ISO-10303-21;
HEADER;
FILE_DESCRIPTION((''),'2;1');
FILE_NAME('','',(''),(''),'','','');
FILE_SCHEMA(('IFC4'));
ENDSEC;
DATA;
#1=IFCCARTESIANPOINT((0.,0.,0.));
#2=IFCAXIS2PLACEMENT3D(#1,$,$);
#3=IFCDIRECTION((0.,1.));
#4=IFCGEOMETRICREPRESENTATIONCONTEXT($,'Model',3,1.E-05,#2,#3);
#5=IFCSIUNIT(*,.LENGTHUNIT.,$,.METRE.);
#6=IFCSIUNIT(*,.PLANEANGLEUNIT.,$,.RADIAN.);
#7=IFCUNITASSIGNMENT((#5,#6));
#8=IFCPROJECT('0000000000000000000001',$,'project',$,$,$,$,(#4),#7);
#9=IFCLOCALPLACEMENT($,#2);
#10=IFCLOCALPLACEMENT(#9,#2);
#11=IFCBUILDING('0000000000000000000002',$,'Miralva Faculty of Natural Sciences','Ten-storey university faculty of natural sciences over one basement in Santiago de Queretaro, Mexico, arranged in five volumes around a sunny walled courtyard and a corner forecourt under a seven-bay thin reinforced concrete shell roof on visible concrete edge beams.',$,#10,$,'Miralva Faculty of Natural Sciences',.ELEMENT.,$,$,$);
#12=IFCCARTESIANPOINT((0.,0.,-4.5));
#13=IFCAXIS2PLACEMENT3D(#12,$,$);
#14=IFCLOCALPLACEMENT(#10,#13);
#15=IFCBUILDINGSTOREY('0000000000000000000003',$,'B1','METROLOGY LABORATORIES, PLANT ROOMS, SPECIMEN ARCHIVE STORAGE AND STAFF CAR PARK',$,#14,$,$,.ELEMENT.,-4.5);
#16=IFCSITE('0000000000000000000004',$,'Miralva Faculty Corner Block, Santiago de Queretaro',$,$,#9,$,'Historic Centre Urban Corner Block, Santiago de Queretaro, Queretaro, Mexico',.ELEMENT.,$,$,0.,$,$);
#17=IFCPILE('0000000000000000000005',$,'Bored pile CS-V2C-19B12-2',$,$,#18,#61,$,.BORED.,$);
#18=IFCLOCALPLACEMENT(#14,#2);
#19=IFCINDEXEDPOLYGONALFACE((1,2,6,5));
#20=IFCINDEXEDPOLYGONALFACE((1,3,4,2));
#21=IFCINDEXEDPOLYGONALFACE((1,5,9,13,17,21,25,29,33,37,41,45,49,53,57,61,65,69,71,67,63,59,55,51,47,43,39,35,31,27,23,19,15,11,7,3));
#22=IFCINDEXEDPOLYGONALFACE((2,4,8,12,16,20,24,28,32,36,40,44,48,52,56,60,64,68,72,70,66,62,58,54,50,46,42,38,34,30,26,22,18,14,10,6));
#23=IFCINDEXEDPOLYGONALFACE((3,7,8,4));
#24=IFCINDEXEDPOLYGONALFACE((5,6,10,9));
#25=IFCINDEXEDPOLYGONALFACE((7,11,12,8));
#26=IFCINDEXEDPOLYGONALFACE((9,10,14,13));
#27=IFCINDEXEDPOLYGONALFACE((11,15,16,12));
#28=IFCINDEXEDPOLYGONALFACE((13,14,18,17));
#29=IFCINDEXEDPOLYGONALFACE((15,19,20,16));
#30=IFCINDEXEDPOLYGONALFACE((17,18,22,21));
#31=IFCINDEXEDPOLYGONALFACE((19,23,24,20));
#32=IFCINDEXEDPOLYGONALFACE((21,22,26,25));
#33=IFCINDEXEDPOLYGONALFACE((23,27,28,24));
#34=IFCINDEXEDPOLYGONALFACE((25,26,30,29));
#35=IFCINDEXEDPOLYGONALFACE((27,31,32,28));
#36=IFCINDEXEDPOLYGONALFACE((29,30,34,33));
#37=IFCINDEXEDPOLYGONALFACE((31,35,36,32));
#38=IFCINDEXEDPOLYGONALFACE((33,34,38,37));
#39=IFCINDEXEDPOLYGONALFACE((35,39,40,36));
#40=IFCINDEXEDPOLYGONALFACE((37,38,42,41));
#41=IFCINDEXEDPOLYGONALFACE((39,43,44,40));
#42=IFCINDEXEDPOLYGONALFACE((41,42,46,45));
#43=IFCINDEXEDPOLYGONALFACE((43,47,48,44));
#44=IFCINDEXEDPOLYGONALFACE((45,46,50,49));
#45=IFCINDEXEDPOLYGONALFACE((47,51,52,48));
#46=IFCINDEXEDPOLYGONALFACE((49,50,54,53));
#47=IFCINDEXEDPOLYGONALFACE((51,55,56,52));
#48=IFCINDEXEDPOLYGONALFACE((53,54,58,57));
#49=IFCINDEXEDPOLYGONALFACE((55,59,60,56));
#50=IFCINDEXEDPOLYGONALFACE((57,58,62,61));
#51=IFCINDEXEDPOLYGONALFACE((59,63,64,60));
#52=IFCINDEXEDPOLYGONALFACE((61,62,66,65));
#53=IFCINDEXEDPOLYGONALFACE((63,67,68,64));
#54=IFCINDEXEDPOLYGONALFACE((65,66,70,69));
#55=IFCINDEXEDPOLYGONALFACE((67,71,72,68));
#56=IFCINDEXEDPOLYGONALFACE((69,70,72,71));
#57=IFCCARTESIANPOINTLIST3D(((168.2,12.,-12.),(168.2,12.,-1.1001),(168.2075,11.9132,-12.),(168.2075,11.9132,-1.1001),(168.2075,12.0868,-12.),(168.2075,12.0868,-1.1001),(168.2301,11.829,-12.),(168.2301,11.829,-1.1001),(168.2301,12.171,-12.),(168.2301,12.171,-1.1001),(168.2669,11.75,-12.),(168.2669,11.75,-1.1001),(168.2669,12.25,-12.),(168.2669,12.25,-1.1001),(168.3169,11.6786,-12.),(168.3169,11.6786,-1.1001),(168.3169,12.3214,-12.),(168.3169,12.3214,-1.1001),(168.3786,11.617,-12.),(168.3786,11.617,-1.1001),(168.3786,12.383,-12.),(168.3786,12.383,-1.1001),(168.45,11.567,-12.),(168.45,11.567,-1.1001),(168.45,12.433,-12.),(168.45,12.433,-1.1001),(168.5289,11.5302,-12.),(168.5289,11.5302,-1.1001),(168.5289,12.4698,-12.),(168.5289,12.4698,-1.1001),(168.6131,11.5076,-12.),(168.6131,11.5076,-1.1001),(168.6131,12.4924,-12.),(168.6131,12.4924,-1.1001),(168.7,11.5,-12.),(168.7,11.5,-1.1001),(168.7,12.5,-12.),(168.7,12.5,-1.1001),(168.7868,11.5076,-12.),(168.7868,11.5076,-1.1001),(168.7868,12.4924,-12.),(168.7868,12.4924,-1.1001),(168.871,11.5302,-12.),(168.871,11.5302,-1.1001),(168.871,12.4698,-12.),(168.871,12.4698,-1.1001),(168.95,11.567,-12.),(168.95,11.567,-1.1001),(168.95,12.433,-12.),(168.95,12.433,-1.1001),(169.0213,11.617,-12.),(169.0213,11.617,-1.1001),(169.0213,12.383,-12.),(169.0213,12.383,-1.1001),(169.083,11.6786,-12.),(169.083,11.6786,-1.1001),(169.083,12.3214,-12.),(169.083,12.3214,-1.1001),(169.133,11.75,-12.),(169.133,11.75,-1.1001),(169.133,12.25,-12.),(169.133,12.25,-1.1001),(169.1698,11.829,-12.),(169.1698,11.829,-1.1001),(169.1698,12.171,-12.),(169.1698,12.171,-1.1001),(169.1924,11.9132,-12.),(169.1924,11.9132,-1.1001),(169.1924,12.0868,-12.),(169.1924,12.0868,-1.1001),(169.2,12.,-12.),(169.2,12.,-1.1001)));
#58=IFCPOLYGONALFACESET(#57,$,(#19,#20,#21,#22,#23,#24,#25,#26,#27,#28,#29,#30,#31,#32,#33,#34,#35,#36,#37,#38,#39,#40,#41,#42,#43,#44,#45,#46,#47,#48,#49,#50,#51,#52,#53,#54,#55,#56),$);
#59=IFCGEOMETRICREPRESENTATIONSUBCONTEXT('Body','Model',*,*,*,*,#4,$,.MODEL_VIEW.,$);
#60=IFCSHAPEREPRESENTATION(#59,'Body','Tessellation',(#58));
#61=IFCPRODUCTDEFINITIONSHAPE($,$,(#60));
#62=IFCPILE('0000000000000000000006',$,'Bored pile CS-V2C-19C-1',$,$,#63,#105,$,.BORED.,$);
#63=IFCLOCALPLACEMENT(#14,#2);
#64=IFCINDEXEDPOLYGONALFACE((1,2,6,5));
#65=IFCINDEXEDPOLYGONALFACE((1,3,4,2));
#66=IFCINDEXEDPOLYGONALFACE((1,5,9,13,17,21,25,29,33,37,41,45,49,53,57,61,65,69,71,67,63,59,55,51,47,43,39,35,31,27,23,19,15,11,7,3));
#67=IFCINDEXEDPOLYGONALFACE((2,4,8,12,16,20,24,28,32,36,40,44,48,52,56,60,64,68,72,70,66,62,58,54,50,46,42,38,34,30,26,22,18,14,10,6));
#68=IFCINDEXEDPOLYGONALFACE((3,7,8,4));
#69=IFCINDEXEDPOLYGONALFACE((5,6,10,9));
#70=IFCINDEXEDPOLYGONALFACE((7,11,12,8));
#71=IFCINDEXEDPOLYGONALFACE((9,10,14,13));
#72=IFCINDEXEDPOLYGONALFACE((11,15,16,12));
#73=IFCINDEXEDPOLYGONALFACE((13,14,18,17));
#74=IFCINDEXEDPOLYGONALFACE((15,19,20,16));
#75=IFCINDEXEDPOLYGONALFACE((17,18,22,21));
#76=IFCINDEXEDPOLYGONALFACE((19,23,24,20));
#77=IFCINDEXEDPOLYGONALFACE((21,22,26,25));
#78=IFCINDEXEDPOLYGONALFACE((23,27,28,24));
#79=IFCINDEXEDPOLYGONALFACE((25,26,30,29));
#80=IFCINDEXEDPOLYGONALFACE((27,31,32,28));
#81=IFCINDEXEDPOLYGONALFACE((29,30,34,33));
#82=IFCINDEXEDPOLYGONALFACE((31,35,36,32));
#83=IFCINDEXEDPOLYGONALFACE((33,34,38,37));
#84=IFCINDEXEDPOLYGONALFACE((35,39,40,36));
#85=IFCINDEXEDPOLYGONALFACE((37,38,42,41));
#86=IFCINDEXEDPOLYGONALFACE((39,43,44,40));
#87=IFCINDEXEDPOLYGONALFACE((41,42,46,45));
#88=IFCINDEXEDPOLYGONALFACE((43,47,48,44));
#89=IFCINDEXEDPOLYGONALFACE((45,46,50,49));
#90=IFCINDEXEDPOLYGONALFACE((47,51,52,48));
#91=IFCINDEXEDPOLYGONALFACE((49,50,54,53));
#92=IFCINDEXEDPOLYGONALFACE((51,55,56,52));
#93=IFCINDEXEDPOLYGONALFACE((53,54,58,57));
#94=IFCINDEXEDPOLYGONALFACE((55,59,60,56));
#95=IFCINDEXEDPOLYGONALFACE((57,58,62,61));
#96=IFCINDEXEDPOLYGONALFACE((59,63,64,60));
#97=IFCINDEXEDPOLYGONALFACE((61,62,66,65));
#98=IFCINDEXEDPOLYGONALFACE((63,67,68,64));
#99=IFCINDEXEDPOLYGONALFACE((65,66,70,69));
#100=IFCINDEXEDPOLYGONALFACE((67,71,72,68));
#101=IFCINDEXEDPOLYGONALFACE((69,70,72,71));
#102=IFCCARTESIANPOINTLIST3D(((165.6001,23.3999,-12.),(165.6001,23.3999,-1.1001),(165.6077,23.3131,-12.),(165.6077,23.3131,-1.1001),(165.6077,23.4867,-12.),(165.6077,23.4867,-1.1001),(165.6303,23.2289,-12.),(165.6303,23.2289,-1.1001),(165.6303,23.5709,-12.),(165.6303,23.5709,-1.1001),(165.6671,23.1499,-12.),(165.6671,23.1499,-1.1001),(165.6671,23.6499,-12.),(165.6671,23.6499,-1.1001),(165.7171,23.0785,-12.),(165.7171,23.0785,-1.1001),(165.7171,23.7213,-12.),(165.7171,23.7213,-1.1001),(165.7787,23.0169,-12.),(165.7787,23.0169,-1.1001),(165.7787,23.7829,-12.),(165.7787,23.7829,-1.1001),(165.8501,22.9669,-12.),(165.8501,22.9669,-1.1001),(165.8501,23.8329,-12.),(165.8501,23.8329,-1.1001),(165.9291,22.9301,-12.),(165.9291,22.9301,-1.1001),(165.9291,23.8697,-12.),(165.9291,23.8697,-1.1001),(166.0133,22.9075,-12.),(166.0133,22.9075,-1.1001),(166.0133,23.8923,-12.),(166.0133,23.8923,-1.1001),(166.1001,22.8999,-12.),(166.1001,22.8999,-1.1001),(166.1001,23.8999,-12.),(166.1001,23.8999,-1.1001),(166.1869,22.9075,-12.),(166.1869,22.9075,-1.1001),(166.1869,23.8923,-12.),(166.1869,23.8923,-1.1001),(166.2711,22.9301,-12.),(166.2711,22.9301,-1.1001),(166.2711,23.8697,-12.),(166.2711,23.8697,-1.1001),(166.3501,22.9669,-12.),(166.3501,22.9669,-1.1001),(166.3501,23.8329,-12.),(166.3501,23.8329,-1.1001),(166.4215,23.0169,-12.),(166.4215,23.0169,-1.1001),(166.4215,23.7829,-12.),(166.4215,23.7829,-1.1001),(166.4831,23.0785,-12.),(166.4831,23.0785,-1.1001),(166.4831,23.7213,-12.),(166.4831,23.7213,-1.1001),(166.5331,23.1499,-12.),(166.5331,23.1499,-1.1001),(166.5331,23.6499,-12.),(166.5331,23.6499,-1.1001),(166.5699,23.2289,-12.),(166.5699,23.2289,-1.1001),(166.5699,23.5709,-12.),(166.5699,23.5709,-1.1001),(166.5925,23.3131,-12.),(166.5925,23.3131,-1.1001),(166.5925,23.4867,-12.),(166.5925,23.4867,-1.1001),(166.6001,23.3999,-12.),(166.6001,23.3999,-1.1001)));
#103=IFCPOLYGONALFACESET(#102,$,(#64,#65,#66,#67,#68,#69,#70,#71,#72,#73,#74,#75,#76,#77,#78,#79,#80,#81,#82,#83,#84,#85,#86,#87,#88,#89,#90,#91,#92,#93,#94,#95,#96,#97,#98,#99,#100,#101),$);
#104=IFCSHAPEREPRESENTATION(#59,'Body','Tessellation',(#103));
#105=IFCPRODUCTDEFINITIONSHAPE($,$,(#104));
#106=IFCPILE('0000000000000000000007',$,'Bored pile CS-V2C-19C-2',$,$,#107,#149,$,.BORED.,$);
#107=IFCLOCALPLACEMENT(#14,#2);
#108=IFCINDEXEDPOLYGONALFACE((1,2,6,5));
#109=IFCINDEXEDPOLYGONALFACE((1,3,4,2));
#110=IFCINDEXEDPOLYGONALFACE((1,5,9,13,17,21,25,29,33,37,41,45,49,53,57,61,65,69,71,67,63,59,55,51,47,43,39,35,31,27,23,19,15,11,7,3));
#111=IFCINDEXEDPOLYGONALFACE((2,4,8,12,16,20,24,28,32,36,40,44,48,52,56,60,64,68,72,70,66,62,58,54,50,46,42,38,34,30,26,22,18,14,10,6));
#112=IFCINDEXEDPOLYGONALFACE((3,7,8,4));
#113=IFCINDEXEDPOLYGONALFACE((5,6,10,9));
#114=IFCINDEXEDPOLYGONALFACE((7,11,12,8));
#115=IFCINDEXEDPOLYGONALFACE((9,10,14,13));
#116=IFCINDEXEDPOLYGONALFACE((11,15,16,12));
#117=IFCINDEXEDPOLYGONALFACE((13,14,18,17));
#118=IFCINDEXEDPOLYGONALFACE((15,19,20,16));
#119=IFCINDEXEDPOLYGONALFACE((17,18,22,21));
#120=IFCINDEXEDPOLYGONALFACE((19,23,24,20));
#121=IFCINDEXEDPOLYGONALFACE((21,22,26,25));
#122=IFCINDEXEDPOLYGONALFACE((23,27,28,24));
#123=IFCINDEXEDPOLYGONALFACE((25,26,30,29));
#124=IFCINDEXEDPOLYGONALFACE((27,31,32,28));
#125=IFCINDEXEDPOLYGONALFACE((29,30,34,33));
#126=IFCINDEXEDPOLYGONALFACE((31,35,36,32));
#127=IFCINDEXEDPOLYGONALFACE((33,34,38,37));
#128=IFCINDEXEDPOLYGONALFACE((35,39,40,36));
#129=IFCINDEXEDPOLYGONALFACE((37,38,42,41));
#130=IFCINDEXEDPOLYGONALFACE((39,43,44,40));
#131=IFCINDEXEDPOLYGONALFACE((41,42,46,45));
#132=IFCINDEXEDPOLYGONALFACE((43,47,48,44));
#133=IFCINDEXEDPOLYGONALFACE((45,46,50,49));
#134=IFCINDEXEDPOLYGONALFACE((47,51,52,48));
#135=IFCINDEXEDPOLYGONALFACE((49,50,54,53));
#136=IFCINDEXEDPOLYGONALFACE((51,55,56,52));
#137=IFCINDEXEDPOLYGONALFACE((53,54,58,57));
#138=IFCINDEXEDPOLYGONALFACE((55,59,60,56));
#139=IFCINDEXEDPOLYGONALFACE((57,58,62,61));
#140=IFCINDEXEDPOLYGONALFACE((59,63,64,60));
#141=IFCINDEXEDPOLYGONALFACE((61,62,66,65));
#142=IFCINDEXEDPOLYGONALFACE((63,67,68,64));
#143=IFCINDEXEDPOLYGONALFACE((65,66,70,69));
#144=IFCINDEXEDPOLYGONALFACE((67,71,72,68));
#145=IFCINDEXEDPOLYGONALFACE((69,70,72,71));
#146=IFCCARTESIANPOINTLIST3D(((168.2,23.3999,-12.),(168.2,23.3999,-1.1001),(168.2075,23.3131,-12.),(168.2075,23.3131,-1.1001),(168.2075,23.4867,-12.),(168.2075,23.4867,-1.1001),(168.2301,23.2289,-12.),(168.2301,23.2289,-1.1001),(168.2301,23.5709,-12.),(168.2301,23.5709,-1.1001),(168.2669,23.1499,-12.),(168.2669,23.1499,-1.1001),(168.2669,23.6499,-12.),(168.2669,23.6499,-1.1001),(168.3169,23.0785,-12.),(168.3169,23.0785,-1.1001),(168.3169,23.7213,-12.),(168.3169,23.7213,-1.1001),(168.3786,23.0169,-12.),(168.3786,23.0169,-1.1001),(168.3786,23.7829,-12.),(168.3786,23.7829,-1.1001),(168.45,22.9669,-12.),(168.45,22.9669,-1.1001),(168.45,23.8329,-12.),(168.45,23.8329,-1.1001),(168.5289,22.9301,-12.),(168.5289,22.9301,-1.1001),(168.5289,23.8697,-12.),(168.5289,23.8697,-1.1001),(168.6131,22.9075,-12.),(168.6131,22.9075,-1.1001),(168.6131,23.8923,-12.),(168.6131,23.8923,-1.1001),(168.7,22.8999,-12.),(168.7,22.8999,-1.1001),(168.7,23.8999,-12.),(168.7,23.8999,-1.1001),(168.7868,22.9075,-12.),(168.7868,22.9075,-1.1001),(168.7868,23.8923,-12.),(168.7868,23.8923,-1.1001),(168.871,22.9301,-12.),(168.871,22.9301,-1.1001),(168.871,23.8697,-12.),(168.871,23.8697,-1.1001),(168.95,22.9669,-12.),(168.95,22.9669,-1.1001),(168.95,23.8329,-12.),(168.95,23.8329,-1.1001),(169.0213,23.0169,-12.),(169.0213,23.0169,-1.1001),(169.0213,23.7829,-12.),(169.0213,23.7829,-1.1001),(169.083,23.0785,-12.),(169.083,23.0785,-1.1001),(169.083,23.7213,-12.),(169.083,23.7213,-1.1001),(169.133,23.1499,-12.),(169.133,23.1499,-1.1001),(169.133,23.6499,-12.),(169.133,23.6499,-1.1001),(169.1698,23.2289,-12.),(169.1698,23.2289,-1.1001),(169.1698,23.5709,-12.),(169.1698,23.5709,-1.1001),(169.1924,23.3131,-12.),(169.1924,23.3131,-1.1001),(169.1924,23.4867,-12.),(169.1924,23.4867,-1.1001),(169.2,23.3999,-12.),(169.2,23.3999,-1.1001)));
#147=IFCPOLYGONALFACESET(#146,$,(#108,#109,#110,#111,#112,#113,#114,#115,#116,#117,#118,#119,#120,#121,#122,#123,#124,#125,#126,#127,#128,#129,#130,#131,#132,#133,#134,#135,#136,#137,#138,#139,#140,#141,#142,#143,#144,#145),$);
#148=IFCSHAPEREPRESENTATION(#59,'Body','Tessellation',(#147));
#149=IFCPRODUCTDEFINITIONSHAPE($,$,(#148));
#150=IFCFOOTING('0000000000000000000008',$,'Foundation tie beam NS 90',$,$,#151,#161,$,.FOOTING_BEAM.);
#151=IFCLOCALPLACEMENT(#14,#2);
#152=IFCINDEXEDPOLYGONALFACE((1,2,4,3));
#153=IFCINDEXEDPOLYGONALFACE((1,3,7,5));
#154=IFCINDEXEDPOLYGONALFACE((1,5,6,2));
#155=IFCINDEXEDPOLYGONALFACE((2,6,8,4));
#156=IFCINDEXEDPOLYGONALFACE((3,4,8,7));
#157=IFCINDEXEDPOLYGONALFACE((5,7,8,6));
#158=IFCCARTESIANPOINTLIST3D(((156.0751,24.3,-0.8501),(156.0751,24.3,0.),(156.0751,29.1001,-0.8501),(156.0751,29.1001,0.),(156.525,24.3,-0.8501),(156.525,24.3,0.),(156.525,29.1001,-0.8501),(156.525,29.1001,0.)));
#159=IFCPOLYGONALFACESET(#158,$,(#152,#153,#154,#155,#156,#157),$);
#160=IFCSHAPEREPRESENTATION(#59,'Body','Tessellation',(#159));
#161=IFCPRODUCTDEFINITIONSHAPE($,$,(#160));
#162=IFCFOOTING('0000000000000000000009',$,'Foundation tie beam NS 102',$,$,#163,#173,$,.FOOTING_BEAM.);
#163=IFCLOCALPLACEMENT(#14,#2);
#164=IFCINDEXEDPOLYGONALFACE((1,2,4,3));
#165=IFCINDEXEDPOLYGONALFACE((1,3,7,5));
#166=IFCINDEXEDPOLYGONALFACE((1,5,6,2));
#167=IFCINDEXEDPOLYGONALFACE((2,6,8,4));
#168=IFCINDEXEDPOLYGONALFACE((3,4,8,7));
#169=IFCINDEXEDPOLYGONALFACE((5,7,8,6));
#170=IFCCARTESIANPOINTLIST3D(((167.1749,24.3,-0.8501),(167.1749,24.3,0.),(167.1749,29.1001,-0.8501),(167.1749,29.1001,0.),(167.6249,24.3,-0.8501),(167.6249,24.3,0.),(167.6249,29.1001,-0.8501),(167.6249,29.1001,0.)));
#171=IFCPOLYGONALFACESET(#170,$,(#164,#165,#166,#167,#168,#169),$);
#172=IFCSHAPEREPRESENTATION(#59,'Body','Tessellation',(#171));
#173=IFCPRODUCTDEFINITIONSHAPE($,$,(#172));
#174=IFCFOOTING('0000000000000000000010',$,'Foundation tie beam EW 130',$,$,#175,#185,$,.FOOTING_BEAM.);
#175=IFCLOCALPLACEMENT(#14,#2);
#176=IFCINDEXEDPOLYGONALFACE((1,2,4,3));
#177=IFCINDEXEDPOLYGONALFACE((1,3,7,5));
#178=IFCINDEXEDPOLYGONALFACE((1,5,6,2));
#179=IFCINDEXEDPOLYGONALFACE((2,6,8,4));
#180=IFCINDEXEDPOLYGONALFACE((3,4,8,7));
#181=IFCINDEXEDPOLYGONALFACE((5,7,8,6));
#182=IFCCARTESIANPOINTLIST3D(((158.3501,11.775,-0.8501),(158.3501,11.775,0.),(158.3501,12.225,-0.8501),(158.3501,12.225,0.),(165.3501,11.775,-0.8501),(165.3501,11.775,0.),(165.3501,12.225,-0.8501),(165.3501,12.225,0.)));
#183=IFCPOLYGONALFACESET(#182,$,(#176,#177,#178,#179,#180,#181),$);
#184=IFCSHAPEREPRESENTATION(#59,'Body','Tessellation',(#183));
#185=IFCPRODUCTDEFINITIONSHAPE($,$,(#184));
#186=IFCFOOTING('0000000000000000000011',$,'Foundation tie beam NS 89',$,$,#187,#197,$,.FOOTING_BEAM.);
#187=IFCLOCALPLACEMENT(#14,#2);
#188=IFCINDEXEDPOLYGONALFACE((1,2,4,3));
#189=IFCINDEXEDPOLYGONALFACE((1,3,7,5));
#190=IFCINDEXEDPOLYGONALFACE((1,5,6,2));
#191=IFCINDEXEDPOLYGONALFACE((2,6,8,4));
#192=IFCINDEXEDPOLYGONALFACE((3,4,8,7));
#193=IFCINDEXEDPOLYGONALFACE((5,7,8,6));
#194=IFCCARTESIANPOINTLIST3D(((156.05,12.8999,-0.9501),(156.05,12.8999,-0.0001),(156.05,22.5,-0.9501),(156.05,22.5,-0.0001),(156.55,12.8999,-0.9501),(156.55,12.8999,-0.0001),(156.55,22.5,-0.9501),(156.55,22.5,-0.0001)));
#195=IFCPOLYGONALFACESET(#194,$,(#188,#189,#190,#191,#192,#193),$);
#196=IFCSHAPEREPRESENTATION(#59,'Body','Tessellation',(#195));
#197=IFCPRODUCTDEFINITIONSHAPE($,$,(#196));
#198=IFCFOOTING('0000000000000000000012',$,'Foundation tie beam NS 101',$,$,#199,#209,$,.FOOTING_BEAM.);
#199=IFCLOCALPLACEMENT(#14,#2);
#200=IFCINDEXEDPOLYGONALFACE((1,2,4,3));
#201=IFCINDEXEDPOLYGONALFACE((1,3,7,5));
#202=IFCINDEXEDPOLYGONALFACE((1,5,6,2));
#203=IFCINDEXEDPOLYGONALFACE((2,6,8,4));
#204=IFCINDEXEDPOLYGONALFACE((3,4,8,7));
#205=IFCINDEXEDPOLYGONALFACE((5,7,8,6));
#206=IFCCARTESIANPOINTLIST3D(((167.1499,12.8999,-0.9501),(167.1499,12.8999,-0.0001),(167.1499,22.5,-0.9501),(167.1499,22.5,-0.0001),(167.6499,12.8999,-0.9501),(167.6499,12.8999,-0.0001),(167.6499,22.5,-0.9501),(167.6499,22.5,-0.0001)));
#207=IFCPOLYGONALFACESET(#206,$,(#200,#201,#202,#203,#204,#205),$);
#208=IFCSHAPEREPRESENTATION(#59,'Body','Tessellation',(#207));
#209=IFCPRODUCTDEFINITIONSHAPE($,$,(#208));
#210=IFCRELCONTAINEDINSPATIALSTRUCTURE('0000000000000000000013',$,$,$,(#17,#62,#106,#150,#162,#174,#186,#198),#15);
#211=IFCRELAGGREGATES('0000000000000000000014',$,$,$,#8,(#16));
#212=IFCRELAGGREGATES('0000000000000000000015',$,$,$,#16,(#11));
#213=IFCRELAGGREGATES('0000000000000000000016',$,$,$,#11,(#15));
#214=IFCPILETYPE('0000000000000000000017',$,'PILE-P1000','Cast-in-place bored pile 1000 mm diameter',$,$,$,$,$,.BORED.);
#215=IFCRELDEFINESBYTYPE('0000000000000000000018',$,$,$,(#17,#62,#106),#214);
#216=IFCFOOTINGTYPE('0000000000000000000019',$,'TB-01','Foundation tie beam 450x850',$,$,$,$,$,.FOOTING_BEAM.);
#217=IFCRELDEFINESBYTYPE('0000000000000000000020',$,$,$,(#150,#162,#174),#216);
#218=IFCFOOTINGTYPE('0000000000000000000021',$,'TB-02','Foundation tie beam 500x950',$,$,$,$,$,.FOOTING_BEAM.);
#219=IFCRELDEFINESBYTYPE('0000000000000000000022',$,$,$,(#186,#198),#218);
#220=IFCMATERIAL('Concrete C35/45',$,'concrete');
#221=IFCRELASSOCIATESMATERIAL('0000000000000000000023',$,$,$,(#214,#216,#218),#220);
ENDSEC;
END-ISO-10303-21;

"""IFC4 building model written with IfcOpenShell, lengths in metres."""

from ifc_helpers import new_model, si_unit, direction, frame, origin, origin_2d, place, context, subcontext, project, spatial, rectangle, circle, extrude, material, material_profile, profile_set, type_object, element, save


model = new_model("IFC4")

# Units and contexts
model_context = context("Model", 3, precision=1e-05, world=origin(), true_north=direction((0.0, 1.0)))
body_context = subcontext(model_context, "Body", "Model", "MODEL_VIEW")
ifc_project = project(units=[si_unit("LENGTHUNIT", "METRE"), si_unit("PLANEANGLEUNIT", "RADIAN")], contexts=[model_context])

# Site, building, storey
site_placement = place(None, origin())
site = spatial("IfcSite", under=ifc_project, at=site_placement, Name="Miralva Faculty Corner Block, Santiago de Queretaro", LongName="Historic Centre Urban Corner Block, Santiago de Queretaro, Queretaro, Mexico", CompositionType="ELEMENT", RefElevation=0.0)
building_placement = place(site_placement, origin())
building = spatial("IfcBuilding", under=site, at=building_placement, Name="Miralva Faculty of Natural Sciences", Description="Ten-storey university faculty of natural sciences over one basement in Santiago de Queretaro, Mexico, arranged in five volumes around a sunny walled courtyard and a corner forecourt under a seven-bay thin reinforced concrete shell roof on visible concrete edge beams.", LongName="Miralva Faculty of Natural Sciences", CompositionType="ELEMENT")
storey_placement = place(building_placement, frame((0.0, 0.0, -4.5)))
storey = spatial("IfcBuildingStorey", under=building, at=storey_placement, Name="B1", Description="METROLOGY LABORATORIES, PLANT ROOMS, SPECIMEN ARCHIVE STORAGE AND STAFF CAR PARK", CompositionType="ELEMENT", Elevation=-4.5)

# Shared definitions
ifc_material_1 = material(Name="Concrete C35/45", Category="concrete")

# Piles
ifc_material_profile_1 = material_profile(ifc_material_1, circle(Radius=0.5, at=origin_2d()), Name="BORED PILE 1000")
ifc_profile_set_1 = profile_set([ifc_material_profile_1], Name="Concrete C35/45")
pile_type = type_object("IfcPileType", Name="PILE-P1000", Description="Cast-in-place bored pile 1000 mm diameter", PredefinedType="BORED", material=ifc_profile_set_1)
for number, where, z_axis, x_axis, name in (
    (1, (168.7, 12.0, -1.1001), (0.0, 0.0, -1.0), (1.0, 0.0, 0.0), "Bored pile CS-V2C-19B12-2"),
    (2, (166.1001, 23.3999, -1.1001), (0.0, 0.0, -1.0), (1.0, 0.0, 0.0), "Bored pile CS-V2C-19C-1"),
    (3, (168.7, 23.3999, -1.1001), (0.0, 0.0, -1.0), (1.0, 0.0, 0.0), "Bored pile CS-V2C-19C-2"),
):
    element("IfcPile", number, at=place(storey_placement, frame(where, z_axis=z_axis, x_axis=x_axis)), inside=storey, type_object=pile_type, Name=name, PredefinedType="BORED", context=body_context, shape_type="SweptSolid", body=[
        extrude(circle(Radius=0.5, at=origin_2d()), origin(), (0.0, 0.0, 1.0), 10.8999),
    ])

# Footings
ifc_material_profile_2 = material_profile(ifc_material_1, rectangle(XDim=0.45, YDim=0.8501, at=origin_2d()), Name="RC 450x850")
ifc_profile_set_2 = profile_set([ifc_material_profile_2], Name="Concrete C35/45")
footing_type_1 = type_object("IfcFootingType", Name="TB-01", Description="Foundation tie beam 450x850", PredefinedType="FOOTING_BEAM", material=ifc_profile_set_2)
for number, where, z_axis, x_axis, name in (
    (4, (156.3, 24.3, -0.425), (0.0, 1.0, 0.0), (-1.0, 0.0, 0.0), "Foundation tie beam NS 90"),
    (5, (167.3999, 24.3, -0.425), (0.0, 1.0, 0.0), (-1.0, 0.0, 0.0), "Foundation tie beam NS 102"),
):
    element("IfcFooting", number, at=place(storey_placement, frame(where, z_axis=z_axis, x_axis=x_axis)), inside=storey, type_object=footing_type_1, Name=name, PredefinedType="FOOTING_BEAM", context=body_context, shape_type="SweptSolid", body=[
        extrude(rectangle(XDim=0.45, YDim=0.8501, at=origin_2d()), origin(), (0.0, 0.0, 1.0), 4.8),
    ])
footing_1_placement = place(storey_placement, frame((158.3501, 12.0, -0.425), z_axis=(1.0, 0.0, 0.0), x_axis=(0.0, 1.0, 0.0)))
element("IfcFooting", 6, at=footing_1_placement, inside=storey, type_object=footing_type_1, Name="Foundation tie beam EW 130", PredefinedType="FOOTING_BEAM", context=body_context, shape_type="SweptSolid", body=[
    extrude(rectangle(XDim=0.45, YDim=0.8501, at=origin_2d()), origin(), (0.0, 0.0, 1.0), 7.0),
])
ifc_material_profile_3 = material_profile(ifc_material_1, rectangle(XDim=0.5, YDim=0.95, at=origin_2d()), Name="RC 500x950")
ifc_profile_set_3 = profile_set([ifc_material_profile_3], Name="Concrete C35/45")
footing_type_2 = type_object("IfcFootingType", Name="TB-02", Description="Foundation tie beam 500x950", PredefinedType="FOOTING_BEAM", material=ifc_profile_set_3)
for number, where, z_axis, x_axis, name in (
    (7, (156.3, 12.8999, -0.4751), (0.0, 1.0, 0.0), (-1.0, 0.0, 0.0), "Foundation tie beam NS 89"),
    (8, (167.3999, 12.8999, -0.4751), (0.0, 1.0, 0.0), (-1.0, 0.0, 0.0), "Foundation tie beam NS 101"),
):
    element("IfcFooting", number, at=place(storey_placement, frame(where, z_axis=z_axis, x_axis=x_axis)), inside=storey, type_object=footing_type_2, Name=name, PredefinedType="FOOTING_BEAM", context=body_context, shape_type="SweptSolid", body=[
        extrude(rectangle(XDim=0.5, YDim=0.95, at=origin_2d()), origin(), (0.0, 0.0, 1.0), 9.6001),
    ])

save(model, "model.ifc")
